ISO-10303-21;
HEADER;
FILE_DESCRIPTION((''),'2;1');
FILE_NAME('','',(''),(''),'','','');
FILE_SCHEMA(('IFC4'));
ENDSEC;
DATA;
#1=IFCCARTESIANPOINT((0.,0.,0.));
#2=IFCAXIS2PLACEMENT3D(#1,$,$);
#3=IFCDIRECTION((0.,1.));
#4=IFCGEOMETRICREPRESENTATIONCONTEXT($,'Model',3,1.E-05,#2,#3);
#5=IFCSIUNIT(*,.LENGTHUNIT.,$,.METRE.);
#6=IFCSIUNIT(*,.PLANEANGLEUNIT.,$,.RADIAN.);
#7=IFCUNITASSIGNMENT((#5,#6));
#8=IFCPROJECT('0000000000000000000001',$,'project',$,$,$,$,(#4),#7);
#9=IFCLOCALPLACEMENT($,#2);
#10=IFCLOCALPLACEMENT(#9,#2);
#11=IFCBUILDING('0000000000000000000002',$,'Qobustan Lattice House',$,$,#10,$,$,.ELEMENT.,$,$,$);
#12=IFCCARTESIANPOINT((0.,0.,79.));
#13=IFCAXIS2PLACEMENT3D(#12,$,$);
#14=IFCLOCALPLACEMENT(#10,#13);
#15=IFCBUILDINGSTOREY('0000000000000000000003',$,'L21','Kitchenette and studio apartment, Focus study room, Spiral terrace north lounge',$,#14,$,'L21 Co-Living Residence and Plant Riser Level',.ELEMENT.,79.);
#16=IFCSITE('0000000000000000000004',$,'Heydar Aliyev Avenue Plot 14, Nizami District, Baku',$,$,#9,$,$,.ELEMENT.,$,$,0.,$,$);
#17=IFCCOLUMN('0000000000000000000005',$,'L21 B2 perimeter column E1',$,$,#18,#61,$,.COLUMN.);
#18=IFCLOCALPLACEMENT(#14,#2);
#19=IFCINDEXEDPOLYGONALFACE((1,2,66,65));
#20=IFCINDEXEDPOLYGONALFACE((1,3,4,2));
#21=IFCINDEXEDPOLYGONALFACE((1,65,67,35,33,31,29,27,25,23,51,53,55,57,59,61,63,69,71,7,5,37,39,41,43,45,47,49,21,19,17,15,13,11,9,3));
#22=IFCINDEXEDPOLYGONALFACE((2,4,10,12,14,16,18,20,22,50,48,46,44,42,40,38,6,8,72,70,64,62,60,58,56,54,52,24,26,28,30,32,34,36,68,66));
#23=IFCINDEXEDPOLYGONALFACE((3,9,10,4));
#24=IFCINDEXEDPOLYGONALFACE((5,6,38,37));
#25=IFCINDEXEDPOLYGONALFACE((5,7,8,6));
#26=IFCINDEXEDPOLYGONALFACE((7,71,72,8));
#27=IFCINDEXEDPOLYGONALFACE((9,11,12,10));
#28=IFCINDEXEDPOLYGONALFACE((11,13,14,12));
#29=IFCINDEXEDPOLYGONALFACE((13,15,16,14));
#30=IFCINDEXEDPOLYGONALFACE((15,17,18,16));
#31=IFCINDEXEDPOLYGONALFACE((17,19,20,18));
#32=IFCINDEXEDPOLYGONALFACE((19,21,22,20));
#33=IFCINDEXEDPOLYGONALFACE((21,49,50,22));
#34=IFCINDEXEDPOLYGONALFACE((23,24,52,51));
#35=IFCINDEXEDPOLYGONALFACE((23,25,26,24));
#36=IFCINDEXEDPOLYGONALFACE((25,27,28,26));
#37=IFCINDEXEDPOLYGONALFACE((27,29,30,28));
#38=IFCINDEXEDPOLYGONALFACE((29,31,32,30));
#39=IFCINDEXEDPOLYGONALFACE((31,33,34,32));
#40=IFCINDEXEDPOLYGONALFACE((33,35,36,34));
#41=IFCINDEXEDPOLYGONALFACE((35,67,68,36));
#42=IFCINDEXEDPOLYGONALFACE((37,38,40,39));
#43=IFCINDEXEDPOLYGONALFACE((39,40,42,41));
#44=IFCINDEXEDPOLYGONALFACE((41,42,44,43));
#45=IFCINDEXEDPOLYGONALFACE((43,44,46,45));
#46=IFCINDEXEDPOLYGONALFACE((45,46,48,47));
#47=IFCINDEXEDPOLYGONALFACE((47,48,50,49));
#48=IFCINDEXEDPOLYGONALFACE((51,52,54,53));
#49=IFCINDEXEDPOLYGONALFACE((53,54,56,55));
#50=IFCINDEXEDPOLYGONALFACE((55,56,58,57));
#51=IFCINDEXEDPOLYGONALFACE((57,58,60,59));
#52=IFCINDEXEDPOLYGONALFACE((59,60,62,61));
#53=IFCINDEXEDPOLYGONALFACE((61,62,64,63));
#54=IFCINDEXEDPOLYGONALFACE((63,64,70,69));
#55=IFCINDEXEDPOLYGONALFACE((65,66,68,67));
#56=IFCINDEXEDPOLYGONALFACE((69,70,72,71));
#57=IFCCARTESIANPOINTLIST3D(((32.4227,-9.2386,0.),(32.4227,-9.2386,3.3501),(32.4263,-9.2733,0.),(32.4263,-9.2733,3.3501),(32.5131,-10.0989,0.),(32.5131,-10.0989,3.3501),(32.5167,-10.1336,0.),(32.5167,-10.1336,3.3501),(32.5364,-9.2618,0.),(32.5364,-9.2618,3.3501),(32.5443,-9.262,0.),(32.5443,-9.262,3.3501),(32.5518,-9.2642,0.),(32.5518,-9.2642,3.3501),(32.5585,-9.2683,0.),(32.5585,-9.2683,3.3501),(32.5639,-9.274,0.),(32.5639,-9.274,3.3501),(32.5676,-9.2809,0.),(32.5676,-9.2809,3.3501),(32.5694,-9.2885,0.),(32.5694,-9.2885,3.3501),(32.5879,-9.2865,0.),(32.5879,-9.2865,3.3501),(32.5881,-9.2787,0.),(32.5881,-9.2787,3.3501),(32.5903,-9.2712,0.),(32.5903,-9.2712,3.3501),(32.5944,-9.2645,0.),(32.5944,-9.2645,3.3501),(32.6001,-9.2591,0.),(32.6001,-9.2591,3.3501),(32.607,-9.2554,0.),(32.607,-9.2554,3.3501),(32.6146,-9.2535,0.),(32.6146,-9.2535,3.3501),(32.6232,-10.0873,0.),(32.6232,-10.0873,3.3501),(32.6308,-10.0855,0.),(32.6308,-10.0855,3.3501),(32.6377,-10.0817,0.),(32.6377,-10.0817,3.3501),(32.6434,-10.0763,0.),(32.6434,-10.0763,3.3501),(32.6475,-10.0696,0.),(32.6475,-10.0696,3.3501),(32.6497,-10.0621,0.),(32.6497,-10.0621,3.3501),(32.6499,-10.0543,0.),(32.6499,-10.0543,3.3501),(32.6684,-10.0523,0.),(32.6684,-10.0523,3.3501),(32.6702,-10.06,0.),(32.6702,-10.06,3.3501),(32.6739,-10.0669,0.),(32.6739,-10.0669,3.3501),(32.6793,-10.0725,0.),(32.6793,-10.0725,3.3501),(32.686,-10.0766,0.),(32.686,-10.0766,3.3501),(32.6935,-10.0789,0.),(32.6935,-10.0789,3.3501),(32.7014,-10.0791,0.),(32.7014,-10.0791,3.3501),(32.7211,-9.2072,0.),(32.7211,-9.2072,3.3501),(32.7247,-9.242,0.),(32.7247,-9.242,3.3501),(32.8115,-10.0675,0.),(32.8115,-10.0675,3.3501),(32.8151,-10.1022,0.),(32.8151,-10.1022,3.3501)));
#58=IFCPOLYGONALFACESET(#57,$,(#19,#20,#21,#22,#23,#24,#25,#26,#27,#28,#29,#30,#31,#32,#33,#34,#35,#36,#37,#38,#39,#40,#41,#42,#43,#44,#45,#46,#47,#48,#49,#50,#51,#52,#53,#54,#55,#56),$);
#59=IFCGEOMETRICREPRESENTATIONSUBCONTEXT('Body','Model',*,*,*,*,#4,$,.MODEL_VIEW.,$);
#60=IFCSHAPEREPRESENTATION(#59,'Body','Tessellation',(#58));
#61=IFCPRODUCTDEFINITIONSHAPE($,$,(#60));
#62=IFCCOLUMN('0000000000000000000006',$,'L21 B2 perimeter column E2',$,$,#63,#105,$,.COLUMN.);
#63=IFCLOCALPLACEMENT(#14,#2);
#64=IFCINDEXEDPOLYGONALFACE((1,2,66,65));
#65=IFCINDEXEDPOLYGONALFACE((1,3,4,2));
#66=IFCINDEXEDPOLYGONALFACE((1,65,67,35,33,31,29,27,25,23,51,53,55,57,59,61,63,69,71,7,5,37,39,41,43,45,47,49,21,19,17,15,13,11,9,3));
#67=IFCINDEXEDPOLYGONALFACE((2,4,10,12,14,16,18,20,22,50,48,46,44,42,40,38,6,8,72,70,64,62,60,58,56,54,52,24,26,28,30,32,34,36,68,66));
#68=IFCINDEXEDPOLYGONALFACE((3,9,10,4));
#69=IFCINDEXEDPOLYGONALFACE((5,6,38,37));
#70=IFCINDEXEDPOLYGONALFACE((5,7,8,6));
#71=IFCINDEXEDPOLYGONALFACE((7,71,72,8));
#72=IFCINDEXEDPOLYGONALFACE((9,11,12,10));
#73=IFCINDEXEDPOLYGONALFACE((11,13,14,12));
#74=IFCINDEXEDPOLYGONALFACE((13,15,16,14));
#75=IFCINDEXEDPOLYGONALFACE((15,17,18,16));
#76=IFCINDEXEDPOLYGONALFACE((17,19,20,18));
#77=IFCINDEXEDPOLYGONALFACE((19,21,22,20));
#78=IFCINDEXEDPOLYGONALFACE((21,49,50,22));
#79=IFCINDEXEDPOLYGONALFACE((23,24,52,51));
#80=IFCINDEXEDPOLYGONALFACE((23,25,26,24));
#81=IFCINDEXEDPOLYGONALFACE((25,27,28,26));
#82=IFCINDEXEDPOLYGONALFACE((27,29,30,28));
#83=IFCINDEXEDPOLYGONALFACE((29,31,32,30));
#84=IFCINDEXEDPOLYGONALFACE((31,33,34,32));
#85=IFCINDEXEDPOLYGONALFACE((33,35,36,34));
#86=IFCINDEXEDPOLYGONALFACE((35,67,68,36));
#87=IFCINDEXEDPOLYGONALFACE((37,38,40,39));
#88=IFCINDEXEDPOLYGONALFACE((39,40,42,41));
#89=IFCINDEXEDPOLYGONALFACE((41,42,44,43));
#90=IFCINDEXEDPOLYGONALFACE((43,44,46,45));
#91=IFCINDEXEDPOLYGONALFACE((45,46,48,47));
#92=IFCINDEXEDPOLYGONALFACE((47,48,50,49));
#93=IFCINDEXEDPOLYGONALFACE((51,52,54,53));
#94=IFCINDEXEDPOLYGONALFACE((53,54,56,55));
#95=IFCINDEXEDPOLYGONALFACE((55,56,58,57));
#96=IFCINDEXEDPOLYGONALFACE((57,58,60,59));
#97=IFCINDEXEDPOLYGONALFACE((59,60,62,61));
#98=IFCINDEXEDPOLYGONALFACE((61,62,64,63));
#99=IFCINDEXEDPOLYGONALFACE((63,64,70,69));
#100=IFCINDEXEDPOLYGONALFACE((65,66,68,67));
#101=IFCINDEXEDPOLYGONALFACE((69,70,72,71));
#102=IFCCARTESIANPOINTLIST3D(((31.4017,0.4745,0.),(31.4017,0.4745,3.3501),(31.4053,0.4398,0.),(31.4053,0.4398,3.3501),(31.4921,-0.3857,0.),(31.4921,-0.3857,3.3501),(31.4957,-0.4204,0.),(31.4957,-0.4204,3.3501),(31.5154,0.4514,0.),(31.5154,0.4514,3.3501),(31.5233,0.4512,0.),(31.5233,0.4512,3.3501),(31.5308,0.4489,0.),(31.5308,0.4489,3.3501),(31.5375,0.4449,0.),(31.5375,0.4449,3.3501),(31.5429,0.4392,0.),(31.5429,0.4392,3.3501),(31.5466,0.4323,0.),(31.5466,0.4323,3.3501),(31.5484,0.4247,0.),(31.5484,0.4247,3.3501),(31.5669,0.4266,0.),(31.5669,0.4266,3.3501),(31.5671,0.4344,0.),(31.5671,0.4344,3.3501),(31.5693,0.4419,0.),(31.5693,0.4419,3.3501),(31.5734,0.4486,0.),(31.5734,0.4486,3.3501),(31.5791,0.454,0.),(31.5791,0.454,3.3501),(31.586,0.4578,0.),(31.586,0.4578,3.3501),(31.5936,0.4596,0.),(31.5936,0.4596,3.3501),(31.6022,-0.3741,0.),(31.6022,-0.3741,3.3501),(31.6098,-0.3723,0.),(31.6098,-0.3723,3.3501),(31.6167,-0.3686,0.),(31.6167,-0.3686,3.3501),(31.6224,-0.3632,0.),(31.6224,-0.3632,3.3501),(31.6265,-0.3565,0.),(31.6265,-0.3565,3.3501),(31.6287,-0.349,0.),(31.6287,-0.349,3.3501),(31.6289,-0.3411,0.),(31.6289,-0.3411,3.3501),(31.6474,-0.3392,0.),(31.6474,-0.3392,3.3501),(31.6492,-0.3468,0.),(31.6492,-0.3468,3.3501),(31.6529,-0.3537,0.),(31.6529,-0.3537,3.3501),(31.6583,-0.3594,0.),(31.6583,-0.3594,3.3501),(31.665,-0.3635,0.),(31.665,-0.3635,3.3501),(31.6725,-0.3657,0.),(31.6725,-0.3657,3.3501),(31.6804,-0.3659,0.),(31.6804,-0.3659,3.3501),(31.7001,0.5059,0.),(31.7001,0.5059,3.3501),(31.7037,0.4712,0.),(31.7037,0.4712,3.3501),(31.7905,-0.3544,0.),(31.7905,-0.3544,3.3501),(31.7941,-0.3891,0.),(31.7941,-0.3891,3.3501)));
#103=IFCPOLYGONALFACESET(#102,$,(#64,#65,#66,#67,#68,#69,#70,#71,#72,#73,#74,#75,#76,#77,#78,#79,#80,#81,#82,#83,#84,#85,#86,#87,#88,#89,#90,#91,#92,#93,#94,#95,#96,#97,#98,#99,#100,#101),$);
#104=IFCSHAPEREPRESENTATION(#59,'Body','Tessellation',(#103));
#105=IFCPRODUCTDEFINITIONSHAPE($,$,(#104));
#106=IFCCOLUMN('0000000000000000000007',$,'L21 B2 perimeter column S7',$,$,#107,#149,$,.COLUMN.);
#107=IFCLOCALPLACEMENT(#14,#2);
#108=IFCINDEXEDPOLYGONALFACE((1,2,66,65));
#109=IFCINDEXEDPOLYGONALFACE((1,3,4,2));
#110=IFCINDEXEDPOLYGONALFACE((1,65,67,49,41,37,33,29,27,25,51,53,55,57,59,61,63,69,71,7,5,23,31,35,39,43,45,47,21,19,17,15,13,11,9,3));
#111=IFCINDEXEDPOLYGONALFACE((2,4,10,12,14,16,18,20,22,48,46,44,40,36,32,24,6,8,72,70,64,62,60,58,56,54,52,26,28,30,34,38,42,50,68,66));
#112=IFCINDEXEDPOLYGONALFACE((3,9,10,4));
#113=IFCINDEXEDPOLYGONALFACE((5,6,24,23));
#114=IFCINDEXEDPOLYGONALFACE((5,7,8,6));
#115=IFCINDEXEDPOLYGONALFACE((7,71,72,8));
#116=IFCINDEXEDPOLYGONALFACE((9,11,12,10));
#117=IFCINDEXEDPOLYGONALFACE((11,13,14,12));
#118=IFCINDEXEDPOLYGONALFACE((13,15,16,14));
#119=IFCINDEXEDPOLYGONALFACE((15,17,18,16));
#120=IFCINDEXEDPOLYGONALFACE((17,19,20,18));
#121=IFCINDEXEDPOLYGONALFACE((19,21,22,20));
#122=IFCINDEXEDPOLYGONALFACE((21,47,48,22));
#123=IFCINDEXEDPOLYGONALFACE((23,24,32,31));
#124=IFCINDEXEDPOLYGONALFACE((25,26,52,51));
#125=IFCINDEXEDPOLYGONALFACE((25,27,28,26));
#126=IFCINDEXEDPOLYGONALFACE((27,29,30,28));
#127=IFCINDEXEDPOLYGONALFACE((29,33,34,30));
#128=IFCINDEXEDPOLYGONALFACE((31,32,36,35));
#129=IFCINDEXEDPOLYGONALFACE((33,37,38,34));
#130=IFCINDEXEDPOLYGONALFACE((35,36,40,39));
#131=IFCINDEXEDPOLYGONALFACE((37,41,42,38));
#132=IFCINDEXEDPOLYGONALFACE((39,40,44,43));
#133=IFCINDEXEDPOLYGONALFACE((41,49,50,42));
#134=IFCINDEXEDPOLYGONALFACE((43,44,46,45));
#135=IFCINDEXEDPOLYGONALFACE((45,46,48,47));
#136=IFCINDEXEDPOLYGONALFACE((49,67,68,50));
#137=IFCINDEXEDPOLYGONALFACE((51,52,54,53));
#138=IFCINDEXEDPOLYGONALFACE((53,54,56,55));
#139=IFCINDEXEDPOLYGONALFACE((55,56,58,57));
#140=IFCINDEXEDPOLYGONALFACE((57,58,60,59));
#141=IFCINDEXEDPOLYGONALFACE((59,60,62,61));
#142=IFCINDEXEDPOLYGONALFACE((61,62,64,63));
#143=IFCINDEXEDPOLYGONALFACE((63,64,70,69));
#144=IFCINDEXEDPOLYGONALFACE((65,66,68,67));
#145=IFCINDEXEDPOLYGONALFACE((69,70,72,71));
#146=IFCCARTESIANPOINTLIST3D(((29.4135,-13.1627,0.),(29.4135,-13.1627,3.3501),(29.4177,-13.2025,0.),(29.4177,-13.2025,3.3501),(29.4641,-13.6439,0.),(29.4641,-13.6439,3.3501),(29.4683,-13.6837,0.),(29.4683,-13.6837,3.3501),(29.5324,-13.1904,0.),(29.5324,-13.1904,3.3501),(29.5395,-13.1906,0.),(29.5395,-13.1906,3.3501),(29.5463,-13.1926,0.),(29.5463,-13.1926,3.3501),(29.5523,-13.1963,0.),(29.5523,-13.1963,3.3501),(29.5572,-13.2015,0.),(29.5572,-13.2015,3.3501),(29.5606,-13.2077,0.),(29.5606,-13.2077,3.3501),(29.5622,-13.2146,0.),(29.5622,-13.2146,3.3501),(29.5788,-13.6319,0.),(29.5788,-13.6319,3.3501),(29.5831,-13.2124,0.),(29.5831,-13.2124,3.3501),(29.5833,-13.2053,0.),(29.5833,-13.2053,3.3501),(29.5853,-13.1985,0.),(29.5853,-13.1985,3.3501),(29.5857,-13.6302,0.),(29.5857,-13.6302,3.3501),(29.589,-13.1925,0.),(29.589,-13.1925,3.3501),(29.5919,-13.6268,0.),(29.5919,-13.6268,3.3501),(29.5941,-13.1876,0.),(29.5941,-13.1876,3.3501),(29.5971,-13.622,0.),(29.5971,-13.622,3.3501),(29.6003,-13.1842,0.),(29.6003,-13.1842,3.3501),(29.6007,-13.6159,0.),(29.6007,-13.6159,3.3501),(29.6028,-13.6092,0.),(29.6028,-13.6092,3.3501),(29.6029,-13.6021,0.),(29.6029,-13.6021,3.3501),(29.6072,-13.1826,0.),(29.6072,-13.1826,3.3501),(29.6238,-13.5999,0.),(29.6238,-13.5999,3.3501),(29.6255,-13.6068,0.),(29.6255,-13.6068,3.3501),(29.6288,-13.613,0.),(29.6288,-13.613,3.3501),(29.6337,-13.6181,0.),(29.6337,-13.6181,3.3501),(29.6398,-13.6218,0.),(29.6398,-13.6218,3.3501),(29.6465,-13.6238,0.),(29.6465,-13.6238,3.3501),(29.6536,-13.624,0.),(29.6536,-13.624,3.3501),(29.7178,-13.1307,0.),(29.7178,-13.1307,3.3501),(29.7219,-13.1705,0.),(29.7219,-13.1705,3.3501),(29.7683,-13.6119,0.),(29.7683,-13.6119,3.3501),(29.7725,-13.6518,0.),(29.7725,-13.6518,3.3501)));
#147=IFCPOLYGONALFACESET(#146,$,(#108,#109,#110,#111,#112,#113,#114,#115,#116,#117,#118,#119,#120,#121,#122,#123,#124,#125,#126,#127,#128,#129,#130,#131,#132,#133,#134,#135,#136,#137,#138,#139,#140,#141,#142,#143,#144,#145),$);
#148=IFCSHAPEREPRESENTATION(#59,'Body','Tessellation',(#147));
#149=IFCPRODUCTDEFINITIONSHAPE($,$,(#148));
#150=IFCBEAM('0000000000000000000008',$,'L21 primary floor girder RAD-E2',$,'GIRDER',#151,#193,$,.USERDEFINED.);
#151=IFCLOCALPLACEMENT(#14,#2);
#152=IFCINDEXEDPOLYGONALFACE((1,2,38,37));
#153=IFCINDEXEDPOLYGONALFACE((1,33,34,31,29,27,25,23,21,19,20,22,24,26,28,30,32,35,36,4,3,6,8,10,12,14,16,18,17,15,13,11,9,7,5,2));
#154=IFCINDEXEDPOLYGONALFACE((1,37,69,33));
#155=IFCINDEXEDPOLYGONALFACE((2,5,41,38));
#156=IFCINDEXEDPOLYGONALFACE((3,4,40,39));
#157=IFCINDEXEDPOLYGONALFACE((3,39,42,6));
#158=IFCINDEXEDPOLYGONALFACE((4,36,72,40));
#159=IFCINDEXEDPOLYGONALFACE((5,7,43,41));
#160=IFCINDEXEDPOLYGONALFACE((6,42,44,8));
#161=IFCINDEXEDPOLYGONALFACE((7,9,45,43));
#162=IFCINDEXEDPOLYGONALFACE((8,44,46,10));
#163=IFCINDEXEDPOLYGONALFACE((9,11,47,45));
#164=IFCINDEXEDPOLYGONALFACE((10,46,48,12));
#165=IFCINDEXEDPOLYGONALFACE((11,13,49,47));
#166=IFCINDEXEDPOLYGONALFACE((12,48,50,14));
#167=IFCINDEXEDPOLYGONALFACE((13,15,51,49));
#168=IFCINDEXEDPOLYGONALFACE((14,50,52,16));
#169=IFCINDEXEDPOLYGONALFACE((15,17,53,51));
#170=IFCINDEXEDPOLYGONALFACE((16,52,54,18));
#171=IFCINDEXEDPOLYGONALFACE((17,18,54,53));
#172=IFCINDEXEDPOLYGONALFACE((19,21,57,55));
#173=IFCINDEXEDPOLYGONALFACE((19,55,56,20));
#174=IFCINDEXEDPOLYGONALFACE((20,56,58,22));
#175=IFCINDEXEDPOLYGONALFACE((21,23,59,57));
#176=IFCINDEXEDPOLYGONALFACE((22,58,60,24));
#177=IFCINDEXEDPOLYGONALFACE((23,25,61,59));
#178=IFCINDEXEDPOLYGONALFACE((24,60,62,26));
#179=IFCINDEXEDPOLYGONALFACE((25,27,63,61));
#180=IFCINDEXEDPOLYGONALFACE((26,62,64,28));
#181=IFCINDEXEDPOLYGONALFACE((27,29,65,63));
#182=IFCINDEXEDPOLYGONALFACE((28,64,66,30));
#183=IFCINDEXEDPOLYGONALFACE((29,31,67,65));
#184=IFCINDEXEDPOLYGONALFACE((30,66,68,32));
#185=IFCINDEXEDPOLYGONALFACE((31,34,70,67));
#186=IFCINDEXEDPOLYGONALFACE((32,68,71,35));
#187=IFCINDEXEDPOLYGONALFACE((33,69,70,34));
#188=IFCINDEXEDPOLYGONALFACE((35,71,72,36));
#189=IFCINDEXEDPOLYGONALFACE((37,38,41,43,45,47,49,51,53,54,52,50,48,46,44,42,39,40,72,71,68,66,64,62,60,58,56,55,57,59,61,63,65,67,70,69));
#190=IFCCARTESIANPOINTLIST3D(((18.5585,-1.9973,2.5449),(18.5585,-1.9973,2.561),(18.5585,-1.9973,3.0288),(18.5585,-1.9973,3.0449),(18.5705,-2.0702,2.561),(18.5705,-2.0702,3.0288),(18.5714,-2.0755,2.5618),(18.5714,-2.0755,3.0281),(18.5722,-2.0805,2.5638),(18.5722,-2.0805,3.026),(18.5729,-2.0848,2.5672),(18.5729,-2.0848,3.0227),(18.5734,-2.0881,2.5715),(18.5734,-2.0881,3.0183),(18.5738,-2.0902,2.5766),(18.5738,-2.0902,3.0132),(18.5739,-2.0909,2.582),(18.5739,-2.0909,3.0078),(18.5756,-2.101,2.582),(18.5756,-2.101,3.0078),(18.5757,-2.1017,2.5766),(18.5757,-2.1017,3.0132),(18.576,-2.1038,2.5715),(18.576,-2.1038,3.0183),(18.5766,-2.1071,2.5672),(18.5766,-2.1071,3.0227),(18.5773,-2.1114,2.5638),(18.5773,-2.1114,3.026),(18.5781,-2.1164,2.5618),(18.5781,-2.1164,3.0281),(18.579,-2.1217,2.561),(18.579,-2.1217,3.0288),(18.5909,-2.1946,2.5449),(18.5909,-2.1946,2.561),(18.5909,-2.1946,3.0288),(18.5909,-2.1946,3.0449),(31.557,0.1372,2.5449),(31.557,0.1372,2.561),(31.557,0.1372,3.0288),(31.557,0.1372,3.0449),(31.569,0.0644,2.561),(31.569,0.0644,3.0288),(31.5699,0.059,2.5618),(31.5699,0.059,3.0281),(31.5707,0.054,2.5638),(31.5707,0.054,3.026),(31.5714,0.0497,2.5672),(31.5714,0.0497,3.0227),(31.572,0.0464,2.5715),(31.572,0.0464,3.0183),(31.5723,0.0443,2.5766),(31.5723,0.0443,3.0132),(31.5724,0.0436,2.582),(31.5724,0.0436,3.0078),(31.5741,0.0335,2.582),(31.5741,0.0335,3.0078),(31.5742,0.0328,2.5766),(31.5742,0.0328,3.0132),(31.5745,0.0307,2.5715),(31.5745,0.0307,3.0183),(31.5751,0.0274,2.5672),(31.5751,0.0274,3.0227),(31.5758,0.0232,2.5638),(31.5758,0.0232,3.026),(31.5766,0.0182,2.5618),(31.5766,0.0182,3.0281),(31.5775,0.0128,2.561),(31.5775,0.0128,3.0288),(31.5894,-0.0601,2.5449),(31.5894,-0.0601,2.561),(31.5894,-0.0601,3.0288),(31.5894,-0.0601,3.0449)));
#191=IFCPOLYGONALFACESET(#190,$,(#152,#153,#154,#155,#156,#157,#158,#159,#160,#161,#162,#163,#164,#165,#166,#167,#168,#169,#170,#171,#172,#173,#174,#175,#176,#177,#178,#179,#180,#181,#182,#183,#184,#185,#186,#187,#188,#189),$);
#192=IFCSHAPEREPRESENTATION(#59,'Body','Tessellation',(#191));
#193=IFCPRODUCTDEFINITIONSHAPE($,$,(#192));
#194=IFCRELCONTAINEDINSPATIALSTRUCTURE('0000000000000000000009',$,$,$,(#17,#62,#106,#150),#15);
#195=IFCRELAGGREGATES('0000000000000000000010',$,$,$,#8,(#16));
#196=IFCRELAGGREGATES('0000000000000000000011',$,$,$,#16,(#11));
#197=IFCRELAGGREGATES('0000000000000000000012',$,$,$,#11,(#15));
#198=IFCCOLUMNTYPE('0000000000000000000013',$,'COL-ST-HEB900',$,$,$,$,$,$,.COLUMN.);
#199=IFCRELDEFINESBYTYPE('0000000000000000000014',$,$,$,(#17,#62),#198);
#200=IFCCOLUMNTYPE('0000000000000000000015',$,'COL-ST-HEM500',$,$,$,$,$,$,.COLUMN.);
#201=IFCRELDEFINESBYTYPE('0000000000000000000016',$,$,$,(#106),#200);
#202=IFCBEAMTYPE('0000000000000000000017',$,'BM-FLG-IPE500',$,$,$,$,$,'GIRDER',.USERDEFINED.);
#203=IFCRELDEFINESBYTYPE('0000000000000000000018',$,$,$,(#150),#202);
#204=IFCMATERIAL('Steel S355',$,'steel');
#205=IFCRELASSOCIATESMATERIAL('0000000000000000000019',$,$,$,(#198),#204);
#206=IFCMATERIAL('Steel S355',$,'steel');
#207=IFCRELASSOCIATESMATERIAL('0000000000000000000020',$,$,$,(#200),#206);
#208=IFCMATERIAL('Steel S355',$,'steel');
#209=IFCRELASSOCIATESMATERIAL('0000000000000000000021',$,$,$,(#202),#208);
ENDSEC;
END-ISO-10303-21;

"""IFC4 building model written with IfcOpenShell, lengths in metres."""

from ifc_helpers import new_model, si_unit, direction, frame, origin, origin_2d, place, context, subcontext, project, spatial, i_section, extrude, material, material_profile, profile_set, type_object, element, save


model = new_model("IFC4")

# Units and contexts
model_context = context("Model", 3, precision=1e-05, world=origin(), true_north=direction((0.0, 1.0)))
body_context = subcontext(model_context, "Body", "Model", "MODEL_VIEW")
ifc_project = project(units=[si_unit("LENGTHUNIT", "METRE"), si_unit("PLANEANGLEUNIT", "RADIAN")], contexts=[model_context])

# Site, building, storey
site_placement = place(None, origin())
site = spatial("IfcSite", under=ifc_project, at=site_placement, Name="Heydar Aliyev Avenue Plot 14, Nizami District, Baku", CompositionType="ELEMENT", RefElevation=0.0)
building_placement = place(site_placement, origin())
building = spatial("IfcBuilding", under=site, at=building_placement, Name="Qobustan Lattice House", CompositionType="ELEMENT")
storey_placement = place(building_placement, frame((0.0, 0.0, 79.0)))
storey = spatial("IfcBuildingStorey", under=building, at=storey_placement, Name="L21", Description="Kitchenette and studio apartment, Focus study room, Spiral terrace north lounge", LongName="L21 Co-Living Residence and Plant Riser Level", CompositionType="ELEMENT", Elevation=79.0)

# Columns
ifc_material_1 = material(Name="Steel S355", Category="steel")
ifc_material_profile_1 = material_profile(ifc_material_1, i_section(OverallWidth=0.3, OverallDepth=0.8999, WebThickness=0.0186, FlangeThickness=0.0349, FilletRadius=0.03, at=origin_2d()), Name="HEB900")
ifc_profile_set_1 = profile_set([ifc_material_profile_1], Name="Steel S355")
column_type_1 = type_object("IfcColumnType", Name="COL-ST-HEB900", PredefinedType="COLUMN", material=ifc_profile_set_1)
for number, where, z_axis, x_axis, name in (
    (1, (32.6189, -9.6704, 0.0), (0.0, 0.0, 1.0), (0.994522, 0.104528, 0.0), "L21 B2 perimeter column E1"),
    (2, (31.5979, 0.0427, 0.0), (0.0, 0.0, 1.0), (0.994522, 0.104528, 0.0), "L21 B2 perimeter column E2"),
):
    element("IfcColumn", number, at=place(storey_placement, frame(where, z_axis=z_axis, x_axis=x_axis)), inside=storey, type_object=column_type_1, Name=name, PredefinedType="COLUMN", context=body_context, shape_type="SweptSolid", body=[
        extrude(i_section(OverallWidth=0.3, OverallDepth=0.8999, WebThickness=0.0186, FlangeThickness=0.0349, FilletRadius=0.03, at=origin_2d()), origin(), (0.0, 0.0, 1.0), 3.3501),
    ])
ifc_material_2 = material(Name="Steel S355", Category="steel")
ifc_material_profile_2 = material_profile(ifc_material_2, i_section(OverallWidth=0.3059, OverallDepth=0.5239, WebThickness=0.021, FlangeThickness=0.04, FilletRadius=0.0271, at=origin_2d()), Name="HEM500")
ifc_profile_set_2 = profile_set([ifc_material_profile_2], Name="Steel S355")
column_type_2 = type_object("IfcColumnType", Name="COL-ST-HEM500", PredefinedType="COLUMN", material=ifc_profile_set_2)
column_placement = place(storey_placement, frame((29.593, -13.4072, 0.0), z_axis=(0.0, 0.0, 1.0), x_axis=(0.994522, 0.104528, 0.0)))
element("IfcColumn", 3, at=column_placement, inside=storey, type_object=column_type_2, Name="L21 B2 perimeter column S7", PredefinedType="COLUMN", context=body_context, shape_type="SweptSolid", body=[
    extrude(i_section(OverallWidth=0.3059, OverallDepth=0.5239, WebThickness=0.021, FlangeThickness=0.04, FilletRadius=0.0271, at=origin_2d()), origin(), (0.0, 0.0, 1.0), 3.3501),
])

# Beam
ifc_material_3 = material(Name="Steel S355", Category="steel")
ifc_material_profile_3 = material_profile(ifc_material_3, i_section(OverallWidth=0.2, OverallDepth=0.5, WebThickness=0.0103, FlangeThickness=0.0161, FilletRadius=0.021, at=origin_2d()), Name="IPE500")
ifc_profile_set_3 = profile_set([ifc_material_profile_3], Name="Steel S355")
beam_type_1 = type_object("IfcBeamType", Name="BM-FLG-IPE500", ElementType="GIRDER", PredefinedType="USERDEFINED", material=ifc_profile_set_3)
beam_1_placement = place(storey_placement, frame((31.5732, 0.0386, 2.7949), z_axis=(-0.986784, -0.162042, 0.0), x_axis=(0.162042, -0.986784, 0.0)))
element("IfcBeam", 4, at=beam_1_placement, inside=storey, type_object=beam_type_1, Name="L21 primary floor girder RAD-E2", ObjectType="GIRDER", PredefinedType="USERDEFINED", context=body_context, shape_type="SweptSolid", body=[
    extrude(i_section(OverallWidth=0.2, OverallDepth=0.5, WebThickness=0.0103, FlangeThickness=0.0161, FilletRadius=0.021, at=origin_2d()), origin(), (0.0, 0.0, 1.0), 13.1726),
])

save(model, "model.ifc")
